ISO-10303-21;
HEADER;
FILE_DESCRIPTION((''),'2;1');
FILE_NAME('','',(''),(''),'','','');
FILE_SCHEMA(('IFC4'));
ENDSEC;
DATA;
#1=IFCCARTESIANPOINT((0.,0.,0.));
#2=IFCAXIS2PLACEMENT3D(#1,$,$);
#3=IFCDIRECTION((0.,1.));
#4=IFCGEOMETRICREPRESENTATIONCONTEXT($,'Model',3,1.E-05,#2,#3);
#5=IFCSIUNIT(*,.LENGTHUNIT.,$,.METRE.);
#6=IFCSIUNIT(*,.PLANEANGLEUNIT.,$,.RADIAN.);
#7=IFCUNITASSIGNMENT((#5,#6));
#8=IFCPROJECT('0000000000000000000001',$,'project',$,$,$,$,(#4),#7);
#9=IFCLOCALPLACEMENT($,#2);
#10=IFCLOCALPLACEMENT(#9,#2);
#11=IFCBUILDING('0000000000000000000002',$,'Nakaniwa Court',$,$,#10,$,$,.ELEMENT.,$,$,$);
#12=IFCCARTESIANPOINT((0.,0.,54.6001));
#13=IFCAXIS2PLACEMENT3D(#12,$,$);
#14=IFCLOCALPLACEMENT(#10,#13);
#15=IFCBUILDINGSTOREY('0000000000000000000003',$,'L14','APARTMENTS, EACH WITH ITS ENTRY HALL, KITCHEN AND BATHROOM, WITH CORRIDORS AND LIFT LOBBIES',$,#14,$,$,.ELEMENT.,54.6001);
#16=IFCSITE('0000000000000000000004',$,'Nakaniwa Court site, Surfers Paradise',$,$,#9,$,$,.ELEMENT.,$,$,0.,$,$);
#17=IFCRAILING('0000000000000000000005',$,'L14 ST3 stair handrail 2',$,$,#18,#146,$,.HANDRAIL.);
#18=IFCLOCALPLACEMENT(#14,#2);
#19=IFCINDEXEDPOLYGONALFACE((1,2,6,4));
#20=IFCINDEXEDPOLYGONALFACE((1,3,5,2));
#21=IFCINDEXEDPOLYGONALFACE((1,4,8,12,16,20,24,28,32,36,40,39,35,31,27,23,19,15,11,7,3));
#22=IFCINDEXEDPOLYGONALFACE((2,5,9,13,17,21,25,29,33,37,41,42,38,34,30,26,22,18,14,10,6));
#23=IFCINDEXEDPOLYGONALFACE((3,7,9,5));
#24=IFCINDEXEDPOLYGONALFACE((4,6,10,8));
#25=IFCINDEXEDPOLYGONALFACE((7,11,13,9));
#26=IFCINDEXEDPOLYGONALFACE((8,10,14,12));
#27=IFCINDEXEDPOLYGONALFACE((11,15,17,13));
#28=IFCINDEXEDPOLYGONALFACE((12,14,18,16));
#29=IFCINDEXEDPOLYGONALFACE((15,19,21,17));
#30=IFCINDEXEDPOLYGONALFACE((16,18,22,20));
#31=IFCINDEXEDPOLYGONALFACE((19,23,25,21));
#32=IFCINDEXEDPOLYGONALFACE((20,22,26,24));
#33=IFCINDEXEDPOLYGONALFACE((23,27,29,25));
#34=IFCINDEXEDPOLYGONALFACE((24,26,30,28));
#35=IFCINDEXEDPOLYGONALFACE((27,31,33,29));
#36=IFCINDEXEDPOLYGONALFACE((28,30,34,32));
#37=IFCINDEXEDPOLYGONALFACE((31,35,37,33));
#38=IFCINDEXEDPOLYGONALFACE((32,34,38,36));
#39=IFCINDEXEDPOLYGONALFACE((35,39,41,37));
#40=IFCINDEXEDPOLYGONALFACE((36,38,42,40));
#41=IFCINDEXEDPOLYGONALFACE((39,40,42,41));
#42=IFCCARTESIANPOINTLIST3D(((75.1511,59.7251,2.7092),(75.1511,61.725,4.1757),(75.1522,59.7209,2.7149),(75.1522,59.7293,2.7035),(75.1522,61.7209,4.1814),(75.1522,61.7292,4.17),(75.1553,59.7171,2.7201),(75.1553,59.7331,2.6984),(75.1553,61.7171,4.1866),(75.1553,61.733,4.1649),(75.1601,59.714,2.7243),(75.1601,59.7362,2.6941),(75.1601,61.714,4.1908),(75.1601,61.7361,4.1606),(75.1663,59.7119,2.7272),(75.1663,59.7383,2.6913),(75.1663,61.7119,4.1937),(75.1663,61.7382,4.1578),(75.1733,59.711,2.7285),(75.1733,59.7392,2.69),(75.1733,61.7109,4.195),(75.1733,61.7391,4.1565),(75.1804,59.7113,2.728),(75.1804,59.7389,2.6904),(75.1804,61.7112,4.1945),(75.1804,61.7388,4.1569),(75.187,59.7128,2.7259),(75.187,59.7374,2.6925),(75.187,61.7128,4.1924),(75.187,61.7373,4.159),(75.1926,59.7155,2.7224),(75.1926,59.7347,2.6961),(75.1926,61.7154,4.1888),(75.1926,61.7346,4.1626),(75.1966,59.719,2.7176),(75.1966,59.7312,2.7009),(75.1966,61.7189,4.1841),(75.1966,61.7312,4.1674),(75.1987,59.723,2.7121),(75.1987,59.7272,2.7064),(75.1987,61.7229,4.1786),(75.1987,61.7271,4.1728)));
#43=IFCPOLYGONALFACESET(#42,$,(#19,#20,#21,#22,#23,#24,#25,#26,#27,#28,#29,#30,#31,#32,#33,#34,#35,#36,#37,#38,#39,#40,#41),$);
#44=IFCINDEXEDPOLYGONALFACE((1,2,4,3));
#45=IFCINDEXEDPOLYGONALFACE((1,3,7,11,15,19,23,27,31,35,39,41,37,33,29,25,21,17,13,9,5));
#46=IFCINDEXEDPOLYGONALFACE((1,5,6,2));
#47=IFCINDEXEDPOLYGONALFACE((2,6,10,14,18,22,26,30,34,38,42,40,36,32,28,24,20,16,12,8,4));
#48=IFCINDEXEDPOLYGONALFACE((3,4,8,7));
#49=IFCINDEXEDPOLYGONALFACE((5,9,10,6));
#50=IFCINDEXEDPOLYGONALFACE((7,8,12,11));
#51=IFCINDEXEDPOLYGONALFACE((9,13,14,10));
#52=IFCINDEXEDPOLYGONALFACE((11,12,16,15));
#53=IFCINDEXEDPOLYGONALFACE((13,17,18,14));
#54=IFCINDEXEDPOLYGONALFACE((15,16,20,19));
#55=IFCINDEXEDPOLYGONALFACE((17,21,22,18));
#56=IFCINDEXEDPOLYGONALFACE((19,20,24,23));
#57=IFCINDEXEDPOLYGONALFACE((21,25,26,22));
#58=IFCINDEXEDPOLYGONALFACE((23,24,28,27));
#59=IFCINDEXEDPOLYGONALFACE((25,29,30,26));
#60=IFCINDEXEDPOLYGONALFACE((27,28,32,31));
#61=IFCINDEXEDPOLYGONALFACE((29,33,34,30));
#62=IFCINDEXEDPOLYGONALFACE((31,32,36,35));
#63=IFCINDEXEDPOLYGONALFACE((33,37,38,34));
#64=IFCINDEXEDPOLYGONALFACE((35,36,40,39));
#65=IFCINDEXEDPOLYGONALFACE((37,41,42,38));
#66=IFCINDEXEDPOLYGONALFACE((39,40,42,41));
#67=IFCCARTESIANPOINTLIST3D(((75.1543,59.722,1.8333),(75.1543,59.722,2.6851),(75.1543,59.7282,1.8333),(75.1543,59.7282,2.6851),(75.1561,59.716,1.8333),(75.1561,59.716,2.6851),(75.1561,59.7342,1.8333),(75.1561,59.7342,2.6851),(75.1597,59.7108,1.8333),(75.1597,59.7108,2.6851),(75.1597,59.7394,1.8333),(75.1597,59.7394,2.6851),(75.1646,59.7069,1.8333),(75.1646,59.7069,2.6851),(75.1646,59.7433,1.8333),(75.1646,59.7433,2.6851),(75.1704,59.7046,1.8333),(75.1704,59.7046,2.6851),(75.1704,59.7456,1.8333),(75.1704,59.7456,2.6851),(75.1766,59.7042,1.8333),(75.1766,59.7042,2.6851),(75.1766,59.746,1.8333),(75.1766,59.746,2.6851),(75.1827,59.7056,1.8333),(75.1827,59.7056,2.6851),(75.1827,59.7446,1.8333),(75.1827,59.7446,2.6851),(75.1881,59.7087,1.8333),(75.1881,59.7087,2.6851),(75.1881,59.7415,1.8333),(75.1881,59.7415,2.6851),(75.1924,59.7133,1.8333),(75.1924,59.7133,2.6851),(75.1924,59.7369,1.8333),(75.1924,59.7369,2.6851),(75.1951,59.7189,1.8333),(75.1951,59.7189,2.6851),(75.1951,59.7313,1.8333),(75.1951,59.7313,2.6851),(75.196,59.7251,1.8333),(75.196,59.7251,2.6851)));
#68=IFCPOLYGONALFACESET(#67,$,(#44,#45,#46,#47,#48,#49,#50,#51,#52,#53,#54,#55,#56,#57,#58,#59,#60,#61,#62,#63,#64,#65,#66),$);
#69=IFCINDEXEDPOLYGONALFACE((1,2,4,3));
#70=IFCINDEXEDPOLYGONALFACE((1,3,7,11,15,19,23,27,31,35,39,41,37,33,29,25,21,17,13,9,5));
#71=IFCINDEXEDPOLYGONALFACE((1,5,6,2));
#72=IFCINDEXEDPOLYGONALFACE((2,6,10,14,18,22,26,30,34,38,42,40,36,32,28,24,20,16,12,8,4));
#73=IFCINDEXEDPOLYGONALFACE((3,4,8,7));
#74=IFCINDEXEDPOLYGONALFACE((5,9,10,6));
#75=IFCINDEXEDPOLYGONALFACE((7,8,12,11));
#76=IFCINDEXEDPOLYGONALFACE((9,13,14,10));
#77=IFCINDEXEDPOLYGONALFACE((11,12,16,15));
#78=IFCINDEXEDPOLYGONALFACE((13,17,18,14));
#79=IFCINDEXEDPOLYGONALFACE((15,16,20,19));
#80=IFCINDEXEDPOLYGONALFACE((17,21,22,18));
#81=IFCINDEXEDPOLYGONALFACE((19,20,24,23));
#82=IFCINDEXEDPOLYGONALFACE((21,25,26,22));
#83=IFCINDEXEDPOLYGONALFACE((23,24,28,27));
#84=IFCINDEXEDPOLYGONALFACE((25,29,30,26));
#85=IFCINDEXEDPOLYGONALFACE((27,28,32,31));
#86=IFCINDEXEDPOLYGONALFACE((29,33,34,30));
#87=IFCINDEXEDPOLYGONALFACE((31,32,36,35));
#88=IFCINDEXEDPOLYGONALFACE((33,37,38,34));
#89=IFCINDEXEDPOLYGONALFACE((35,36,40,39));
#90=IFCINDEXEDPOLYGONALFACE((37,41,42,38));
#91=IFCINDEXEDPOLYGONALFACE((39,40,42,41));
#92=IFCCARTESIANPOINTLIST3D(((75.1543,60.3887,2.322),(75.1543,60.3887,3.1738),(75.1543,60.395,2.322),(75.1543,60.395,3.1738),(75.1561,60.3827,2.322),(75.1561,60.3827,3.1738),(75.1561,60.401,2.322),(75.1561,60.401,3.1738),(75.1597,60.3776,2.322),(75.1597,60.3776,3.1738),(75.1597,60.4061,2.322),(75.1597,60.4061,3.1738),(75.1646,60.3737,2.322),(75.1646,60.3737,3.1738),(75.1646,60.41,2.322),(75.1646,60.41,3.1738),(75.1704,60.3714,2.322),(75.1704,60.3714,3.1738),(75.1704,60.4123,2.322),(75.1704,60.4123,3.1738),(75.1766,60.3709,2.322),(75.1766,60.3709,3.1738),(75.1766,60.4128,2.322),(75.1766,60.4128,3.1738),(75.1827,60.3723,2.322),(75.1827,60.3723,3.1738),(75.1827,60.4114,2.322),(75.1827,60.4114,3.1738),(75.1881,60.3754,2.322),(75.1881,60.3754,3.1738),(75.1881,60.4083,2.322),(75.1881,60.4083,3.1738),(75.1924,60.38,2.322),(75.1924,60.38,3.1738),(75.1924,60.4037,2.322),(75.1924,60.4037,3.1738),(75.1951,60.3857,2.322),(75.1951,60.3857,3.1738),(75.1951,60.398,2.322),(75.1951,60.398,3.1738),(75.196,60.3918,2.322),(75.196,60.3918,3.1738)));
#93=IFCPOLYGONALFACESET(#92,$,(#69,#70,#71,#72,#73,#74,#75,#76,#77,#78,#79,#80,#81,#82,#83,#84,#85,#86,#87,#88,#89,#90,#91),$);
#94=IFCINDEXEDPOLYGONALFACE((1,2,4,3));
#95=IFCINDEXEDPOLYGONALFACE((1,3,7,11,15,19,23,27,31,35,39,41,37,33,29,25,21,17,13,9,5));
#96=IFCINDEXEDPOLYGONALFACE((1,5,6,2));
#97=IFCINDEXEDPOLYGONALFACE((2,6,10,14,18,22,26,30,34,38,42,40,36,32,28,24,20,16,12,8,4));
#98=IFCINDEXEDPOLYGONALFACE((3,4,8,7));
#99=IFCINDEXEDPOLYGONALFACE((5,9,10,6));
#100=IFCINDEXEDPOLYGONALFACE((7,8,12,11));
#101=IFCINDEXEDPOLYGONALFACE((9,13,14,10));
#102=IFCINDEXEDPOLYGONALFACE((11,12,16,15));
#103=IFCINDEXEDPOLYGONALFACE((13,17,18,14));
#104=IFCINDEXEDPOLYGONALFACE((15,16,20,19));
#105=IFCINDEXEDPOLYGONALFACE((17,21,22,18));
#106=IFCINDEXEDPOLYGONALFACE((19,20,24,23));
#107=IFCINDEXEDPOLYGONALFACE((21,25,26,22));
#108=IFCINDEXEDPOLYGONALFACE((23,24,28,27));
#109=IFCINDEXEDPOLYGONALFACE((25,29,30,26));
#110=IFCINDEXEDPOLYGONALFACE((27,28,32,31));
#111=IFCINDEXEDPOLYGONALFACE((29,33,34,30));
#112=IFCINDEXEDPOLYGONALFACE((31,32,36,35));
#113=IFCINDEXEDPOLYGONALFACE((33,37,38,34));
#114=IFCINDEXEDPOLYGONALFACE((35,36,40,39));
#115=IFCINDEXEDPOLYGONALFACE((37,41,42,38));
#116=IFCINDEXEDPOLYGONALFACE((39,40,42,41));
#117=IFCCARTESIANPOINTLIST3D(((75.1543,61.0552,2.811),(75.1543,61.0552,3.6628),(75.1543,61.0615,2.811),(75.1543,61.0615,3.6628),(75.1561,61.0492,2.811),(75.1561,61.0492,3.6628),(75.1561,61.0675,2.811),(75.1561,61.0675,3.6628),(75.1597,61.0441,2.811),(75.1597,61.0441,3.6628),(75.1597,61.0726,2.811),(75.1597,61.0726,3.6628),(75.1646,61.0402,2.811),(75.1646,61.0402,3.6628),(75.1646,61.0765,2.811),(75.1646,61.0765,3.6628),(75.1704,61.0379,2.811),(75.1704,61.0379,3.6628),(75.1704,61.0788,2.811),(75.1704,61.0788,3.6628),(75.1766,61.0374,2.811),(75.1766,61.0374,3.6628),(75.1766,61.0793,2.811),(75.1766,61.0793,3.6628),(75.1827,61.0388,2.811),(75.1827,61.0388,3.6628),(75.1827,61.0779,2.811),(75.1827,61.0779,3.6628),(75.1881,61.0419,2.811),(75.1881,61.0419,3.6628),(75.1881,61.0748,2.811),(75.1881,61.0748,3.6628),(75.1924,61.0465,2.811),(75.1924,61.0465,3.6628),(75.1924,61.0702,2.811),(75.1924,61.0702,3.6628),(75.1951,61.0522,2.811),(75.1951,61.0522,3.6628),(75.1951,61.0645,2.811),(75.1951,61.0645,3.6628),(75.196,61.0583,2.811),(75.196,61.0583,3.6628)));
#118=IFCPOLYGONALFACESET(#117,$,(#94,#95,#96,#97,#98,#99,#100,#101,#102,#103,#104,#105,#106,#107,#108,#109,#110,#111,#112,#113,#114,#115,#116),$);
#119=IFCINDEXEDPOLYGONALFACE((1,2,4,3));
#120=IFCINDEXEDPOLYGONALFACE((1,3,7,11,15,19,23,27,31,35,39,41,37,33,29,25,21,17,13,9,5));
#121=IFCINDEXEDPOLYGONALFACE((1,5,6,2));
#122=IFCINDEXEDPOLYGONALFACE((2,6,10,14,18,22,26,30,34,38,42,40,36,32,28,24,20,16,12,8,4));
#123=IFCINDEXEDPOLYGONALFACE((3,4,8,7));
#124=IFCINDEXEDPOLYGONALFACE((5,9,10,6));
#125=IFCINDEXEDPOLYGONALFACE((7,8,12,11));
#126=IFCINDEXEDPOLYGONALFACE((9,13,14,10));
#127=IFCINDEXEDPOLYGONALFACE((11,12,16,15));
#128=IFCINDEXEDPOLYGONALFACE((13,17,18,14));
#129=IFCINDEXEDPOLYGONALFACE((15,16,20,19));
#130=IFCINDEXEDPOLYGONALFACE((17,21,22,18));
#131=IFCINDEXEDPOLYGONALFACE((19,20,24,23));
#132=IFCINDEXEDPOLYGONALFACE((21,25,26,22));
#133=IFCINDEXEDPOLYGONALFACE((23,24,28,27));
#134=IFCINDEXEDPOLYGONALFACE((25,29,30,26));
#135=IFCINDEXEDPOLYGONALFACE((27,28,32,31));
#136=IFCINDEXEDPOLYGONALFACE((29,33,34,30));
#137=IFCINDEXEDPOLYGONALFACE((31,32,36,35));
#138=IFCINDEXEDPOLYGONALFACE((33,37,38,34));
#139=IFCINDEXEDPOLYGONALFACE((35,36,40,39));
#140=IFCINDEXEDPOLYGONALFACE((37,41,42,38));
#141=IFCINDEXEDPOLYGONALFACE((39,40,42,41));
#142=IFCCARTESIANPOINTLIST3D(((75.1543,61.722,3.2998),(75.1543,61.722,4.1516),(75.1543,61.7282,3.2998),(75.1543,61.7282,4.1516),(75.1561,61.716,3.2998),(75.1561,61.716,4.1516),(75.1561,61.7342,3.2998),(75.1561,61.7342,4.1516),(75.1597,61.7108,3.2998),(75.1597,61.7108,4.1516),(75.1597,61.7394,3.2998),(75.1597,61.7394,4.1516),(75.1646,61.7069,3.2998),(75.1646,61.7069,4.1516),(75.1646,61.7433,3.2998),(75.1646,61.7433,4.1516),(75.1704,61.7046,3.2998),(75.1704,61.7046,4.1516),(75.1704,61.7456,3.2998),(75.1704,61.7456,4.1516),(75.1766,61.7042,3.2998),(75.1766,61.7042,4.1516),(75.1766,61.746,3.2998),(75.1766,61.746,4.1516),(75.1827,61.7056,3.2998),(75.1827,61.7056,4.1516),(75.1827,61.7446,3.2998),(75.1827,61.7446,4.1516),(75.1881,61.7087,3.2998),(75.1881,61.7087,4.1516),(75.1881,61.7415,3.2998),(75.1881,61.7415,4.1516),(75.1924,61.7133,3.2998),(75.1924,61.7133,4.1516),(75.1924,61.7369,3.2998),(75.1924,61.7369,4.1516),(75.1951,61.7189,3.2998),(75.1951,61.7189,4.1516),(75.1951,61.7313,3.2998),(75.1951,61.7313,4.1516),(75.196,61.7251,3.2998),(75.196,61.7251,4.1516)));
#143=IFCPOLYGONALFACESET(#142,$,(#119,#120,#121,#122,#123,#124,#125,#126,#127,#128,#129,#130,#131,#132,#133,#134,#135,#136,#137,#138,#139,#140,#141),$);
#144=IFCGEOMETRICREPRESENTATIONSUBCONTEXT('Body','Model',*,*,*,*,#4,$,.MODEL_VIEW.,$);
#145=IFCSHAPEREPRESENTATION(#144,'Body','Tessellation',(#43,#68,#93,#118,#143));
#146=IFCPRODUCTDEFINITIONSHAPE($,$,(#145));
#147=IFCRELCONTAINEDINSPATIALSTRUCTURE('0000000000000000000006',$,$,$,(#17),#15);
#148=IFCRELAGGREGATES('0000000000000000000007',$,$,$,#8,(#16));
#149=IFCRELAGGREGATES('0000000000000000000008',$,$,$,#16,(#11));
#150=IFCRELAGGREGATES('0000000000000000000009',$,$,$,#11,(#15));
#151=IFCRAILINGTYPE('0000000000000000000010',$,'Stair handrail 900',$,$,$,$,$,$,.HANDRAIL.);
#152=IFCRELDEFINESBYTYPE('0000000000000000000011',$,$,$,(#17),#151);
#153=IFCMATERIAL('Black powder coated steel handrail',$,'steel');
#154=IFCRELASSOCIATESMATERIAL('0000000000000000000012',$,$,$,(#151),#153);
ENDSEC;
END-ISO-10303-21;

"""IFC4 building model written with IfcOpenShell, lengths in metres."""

from ifc_helpers import new_model, si_unit, direction, frame, origin, origin_2d, place, context, subcontext, project, spatial, circle, extrude, material, type_object, element, save


model = new_model("IFC4")

# Units and contexts
model_context = context("Model", 3, precision=1e-05, world=origin(), true_north=direction((0.0, 1.0)))
body_context = subcontext(model_context, "Body", "Model", "MODEL_VIEW")
ifc_project = project(units=[si_unit("LENGTHUNIT", "METRE"), si_unit("PLANEANGLEUNIT", "RADIAN")], contexts=[model_context])

# Site, building, storey
site_placement = place(None, origin())
site = spatial("IfcSite", under=ifc_project, at=site_placement, Name="Nakaniwa Court site, Surfers Paradise", CompositionType="ELEMENT", RefElevation=0.0)
building_placement = place(site_placement, origin())
building = spatial("IfcBuilding", under=site, at=building_placement, Name="Nakaniwa Court", CompositionType="ELEMENT")
storey_placement = place(building_placement, frame((0.0, 0.0, 54.6001)))
storey = spatial("IfcBuildingStorey", under=building, at=storey_placement, Name="L14", Description="APARTMENTS, EACH WITH ITS ENTRY HALL, KITCHEN AND BATHROOM, WITH CORRIDORS AND LIFT LOBBIES", CompositionType="ELEMENT", Elevation=54.6001)

# Railing
ifc_material_1 = material(Name="Black powder coated steel handrail", Category="steel")
railing_type_1 = type_object("IfcRailingType", Name="Stair handrail 900", PredefinedType="HANDRAIL", material=ifc_material_1)
railing_1_placement = place(storey_placement, frame((75.175, 59.7251, 1.8333)))
element("IfcRailing", 1, at=railing_1_placement, inside=storey, type_object=railing_type_1, Name="L14 ST3 stair handrail 2", PredefinedType="HANDRAIL", context=body_context, shape_type="SweptSolid", body=[
    extrude(circle(Radius=0.0239, at=origin_2d()), frame((0.0, 0.0, 0.876), z_axis=(0.0, 0.806427, 0.591334), x_axis=(-1.0, 0.0, 0.0)), (0.0, 0.0, 1.0), 2.48),
    extrude(circle(Radius=0.021, at=origin_2d()), origin(), (0.0, 0.0, 1.0), 0.8518),
    extrude(circle(Radius=0.021, at=origin_2d()), frame((0.0, 0.6667, 0.4888)), (0.0, 0.0, 1.0), 0.8518),
    extrude(circle(Radius=0.021, at=origin_2d()), frame((0.0, 1.3333, 0.9778)), (0.0, 0.0, 1.0), 0.8518),
    extrude(circle(Radius=0.021, at=origin_2d()), frame((0.0, 2.0, 1.4666)), (0.0, 0.0, 1.0), 0.8518),
])

save(model, "model.ifc")
